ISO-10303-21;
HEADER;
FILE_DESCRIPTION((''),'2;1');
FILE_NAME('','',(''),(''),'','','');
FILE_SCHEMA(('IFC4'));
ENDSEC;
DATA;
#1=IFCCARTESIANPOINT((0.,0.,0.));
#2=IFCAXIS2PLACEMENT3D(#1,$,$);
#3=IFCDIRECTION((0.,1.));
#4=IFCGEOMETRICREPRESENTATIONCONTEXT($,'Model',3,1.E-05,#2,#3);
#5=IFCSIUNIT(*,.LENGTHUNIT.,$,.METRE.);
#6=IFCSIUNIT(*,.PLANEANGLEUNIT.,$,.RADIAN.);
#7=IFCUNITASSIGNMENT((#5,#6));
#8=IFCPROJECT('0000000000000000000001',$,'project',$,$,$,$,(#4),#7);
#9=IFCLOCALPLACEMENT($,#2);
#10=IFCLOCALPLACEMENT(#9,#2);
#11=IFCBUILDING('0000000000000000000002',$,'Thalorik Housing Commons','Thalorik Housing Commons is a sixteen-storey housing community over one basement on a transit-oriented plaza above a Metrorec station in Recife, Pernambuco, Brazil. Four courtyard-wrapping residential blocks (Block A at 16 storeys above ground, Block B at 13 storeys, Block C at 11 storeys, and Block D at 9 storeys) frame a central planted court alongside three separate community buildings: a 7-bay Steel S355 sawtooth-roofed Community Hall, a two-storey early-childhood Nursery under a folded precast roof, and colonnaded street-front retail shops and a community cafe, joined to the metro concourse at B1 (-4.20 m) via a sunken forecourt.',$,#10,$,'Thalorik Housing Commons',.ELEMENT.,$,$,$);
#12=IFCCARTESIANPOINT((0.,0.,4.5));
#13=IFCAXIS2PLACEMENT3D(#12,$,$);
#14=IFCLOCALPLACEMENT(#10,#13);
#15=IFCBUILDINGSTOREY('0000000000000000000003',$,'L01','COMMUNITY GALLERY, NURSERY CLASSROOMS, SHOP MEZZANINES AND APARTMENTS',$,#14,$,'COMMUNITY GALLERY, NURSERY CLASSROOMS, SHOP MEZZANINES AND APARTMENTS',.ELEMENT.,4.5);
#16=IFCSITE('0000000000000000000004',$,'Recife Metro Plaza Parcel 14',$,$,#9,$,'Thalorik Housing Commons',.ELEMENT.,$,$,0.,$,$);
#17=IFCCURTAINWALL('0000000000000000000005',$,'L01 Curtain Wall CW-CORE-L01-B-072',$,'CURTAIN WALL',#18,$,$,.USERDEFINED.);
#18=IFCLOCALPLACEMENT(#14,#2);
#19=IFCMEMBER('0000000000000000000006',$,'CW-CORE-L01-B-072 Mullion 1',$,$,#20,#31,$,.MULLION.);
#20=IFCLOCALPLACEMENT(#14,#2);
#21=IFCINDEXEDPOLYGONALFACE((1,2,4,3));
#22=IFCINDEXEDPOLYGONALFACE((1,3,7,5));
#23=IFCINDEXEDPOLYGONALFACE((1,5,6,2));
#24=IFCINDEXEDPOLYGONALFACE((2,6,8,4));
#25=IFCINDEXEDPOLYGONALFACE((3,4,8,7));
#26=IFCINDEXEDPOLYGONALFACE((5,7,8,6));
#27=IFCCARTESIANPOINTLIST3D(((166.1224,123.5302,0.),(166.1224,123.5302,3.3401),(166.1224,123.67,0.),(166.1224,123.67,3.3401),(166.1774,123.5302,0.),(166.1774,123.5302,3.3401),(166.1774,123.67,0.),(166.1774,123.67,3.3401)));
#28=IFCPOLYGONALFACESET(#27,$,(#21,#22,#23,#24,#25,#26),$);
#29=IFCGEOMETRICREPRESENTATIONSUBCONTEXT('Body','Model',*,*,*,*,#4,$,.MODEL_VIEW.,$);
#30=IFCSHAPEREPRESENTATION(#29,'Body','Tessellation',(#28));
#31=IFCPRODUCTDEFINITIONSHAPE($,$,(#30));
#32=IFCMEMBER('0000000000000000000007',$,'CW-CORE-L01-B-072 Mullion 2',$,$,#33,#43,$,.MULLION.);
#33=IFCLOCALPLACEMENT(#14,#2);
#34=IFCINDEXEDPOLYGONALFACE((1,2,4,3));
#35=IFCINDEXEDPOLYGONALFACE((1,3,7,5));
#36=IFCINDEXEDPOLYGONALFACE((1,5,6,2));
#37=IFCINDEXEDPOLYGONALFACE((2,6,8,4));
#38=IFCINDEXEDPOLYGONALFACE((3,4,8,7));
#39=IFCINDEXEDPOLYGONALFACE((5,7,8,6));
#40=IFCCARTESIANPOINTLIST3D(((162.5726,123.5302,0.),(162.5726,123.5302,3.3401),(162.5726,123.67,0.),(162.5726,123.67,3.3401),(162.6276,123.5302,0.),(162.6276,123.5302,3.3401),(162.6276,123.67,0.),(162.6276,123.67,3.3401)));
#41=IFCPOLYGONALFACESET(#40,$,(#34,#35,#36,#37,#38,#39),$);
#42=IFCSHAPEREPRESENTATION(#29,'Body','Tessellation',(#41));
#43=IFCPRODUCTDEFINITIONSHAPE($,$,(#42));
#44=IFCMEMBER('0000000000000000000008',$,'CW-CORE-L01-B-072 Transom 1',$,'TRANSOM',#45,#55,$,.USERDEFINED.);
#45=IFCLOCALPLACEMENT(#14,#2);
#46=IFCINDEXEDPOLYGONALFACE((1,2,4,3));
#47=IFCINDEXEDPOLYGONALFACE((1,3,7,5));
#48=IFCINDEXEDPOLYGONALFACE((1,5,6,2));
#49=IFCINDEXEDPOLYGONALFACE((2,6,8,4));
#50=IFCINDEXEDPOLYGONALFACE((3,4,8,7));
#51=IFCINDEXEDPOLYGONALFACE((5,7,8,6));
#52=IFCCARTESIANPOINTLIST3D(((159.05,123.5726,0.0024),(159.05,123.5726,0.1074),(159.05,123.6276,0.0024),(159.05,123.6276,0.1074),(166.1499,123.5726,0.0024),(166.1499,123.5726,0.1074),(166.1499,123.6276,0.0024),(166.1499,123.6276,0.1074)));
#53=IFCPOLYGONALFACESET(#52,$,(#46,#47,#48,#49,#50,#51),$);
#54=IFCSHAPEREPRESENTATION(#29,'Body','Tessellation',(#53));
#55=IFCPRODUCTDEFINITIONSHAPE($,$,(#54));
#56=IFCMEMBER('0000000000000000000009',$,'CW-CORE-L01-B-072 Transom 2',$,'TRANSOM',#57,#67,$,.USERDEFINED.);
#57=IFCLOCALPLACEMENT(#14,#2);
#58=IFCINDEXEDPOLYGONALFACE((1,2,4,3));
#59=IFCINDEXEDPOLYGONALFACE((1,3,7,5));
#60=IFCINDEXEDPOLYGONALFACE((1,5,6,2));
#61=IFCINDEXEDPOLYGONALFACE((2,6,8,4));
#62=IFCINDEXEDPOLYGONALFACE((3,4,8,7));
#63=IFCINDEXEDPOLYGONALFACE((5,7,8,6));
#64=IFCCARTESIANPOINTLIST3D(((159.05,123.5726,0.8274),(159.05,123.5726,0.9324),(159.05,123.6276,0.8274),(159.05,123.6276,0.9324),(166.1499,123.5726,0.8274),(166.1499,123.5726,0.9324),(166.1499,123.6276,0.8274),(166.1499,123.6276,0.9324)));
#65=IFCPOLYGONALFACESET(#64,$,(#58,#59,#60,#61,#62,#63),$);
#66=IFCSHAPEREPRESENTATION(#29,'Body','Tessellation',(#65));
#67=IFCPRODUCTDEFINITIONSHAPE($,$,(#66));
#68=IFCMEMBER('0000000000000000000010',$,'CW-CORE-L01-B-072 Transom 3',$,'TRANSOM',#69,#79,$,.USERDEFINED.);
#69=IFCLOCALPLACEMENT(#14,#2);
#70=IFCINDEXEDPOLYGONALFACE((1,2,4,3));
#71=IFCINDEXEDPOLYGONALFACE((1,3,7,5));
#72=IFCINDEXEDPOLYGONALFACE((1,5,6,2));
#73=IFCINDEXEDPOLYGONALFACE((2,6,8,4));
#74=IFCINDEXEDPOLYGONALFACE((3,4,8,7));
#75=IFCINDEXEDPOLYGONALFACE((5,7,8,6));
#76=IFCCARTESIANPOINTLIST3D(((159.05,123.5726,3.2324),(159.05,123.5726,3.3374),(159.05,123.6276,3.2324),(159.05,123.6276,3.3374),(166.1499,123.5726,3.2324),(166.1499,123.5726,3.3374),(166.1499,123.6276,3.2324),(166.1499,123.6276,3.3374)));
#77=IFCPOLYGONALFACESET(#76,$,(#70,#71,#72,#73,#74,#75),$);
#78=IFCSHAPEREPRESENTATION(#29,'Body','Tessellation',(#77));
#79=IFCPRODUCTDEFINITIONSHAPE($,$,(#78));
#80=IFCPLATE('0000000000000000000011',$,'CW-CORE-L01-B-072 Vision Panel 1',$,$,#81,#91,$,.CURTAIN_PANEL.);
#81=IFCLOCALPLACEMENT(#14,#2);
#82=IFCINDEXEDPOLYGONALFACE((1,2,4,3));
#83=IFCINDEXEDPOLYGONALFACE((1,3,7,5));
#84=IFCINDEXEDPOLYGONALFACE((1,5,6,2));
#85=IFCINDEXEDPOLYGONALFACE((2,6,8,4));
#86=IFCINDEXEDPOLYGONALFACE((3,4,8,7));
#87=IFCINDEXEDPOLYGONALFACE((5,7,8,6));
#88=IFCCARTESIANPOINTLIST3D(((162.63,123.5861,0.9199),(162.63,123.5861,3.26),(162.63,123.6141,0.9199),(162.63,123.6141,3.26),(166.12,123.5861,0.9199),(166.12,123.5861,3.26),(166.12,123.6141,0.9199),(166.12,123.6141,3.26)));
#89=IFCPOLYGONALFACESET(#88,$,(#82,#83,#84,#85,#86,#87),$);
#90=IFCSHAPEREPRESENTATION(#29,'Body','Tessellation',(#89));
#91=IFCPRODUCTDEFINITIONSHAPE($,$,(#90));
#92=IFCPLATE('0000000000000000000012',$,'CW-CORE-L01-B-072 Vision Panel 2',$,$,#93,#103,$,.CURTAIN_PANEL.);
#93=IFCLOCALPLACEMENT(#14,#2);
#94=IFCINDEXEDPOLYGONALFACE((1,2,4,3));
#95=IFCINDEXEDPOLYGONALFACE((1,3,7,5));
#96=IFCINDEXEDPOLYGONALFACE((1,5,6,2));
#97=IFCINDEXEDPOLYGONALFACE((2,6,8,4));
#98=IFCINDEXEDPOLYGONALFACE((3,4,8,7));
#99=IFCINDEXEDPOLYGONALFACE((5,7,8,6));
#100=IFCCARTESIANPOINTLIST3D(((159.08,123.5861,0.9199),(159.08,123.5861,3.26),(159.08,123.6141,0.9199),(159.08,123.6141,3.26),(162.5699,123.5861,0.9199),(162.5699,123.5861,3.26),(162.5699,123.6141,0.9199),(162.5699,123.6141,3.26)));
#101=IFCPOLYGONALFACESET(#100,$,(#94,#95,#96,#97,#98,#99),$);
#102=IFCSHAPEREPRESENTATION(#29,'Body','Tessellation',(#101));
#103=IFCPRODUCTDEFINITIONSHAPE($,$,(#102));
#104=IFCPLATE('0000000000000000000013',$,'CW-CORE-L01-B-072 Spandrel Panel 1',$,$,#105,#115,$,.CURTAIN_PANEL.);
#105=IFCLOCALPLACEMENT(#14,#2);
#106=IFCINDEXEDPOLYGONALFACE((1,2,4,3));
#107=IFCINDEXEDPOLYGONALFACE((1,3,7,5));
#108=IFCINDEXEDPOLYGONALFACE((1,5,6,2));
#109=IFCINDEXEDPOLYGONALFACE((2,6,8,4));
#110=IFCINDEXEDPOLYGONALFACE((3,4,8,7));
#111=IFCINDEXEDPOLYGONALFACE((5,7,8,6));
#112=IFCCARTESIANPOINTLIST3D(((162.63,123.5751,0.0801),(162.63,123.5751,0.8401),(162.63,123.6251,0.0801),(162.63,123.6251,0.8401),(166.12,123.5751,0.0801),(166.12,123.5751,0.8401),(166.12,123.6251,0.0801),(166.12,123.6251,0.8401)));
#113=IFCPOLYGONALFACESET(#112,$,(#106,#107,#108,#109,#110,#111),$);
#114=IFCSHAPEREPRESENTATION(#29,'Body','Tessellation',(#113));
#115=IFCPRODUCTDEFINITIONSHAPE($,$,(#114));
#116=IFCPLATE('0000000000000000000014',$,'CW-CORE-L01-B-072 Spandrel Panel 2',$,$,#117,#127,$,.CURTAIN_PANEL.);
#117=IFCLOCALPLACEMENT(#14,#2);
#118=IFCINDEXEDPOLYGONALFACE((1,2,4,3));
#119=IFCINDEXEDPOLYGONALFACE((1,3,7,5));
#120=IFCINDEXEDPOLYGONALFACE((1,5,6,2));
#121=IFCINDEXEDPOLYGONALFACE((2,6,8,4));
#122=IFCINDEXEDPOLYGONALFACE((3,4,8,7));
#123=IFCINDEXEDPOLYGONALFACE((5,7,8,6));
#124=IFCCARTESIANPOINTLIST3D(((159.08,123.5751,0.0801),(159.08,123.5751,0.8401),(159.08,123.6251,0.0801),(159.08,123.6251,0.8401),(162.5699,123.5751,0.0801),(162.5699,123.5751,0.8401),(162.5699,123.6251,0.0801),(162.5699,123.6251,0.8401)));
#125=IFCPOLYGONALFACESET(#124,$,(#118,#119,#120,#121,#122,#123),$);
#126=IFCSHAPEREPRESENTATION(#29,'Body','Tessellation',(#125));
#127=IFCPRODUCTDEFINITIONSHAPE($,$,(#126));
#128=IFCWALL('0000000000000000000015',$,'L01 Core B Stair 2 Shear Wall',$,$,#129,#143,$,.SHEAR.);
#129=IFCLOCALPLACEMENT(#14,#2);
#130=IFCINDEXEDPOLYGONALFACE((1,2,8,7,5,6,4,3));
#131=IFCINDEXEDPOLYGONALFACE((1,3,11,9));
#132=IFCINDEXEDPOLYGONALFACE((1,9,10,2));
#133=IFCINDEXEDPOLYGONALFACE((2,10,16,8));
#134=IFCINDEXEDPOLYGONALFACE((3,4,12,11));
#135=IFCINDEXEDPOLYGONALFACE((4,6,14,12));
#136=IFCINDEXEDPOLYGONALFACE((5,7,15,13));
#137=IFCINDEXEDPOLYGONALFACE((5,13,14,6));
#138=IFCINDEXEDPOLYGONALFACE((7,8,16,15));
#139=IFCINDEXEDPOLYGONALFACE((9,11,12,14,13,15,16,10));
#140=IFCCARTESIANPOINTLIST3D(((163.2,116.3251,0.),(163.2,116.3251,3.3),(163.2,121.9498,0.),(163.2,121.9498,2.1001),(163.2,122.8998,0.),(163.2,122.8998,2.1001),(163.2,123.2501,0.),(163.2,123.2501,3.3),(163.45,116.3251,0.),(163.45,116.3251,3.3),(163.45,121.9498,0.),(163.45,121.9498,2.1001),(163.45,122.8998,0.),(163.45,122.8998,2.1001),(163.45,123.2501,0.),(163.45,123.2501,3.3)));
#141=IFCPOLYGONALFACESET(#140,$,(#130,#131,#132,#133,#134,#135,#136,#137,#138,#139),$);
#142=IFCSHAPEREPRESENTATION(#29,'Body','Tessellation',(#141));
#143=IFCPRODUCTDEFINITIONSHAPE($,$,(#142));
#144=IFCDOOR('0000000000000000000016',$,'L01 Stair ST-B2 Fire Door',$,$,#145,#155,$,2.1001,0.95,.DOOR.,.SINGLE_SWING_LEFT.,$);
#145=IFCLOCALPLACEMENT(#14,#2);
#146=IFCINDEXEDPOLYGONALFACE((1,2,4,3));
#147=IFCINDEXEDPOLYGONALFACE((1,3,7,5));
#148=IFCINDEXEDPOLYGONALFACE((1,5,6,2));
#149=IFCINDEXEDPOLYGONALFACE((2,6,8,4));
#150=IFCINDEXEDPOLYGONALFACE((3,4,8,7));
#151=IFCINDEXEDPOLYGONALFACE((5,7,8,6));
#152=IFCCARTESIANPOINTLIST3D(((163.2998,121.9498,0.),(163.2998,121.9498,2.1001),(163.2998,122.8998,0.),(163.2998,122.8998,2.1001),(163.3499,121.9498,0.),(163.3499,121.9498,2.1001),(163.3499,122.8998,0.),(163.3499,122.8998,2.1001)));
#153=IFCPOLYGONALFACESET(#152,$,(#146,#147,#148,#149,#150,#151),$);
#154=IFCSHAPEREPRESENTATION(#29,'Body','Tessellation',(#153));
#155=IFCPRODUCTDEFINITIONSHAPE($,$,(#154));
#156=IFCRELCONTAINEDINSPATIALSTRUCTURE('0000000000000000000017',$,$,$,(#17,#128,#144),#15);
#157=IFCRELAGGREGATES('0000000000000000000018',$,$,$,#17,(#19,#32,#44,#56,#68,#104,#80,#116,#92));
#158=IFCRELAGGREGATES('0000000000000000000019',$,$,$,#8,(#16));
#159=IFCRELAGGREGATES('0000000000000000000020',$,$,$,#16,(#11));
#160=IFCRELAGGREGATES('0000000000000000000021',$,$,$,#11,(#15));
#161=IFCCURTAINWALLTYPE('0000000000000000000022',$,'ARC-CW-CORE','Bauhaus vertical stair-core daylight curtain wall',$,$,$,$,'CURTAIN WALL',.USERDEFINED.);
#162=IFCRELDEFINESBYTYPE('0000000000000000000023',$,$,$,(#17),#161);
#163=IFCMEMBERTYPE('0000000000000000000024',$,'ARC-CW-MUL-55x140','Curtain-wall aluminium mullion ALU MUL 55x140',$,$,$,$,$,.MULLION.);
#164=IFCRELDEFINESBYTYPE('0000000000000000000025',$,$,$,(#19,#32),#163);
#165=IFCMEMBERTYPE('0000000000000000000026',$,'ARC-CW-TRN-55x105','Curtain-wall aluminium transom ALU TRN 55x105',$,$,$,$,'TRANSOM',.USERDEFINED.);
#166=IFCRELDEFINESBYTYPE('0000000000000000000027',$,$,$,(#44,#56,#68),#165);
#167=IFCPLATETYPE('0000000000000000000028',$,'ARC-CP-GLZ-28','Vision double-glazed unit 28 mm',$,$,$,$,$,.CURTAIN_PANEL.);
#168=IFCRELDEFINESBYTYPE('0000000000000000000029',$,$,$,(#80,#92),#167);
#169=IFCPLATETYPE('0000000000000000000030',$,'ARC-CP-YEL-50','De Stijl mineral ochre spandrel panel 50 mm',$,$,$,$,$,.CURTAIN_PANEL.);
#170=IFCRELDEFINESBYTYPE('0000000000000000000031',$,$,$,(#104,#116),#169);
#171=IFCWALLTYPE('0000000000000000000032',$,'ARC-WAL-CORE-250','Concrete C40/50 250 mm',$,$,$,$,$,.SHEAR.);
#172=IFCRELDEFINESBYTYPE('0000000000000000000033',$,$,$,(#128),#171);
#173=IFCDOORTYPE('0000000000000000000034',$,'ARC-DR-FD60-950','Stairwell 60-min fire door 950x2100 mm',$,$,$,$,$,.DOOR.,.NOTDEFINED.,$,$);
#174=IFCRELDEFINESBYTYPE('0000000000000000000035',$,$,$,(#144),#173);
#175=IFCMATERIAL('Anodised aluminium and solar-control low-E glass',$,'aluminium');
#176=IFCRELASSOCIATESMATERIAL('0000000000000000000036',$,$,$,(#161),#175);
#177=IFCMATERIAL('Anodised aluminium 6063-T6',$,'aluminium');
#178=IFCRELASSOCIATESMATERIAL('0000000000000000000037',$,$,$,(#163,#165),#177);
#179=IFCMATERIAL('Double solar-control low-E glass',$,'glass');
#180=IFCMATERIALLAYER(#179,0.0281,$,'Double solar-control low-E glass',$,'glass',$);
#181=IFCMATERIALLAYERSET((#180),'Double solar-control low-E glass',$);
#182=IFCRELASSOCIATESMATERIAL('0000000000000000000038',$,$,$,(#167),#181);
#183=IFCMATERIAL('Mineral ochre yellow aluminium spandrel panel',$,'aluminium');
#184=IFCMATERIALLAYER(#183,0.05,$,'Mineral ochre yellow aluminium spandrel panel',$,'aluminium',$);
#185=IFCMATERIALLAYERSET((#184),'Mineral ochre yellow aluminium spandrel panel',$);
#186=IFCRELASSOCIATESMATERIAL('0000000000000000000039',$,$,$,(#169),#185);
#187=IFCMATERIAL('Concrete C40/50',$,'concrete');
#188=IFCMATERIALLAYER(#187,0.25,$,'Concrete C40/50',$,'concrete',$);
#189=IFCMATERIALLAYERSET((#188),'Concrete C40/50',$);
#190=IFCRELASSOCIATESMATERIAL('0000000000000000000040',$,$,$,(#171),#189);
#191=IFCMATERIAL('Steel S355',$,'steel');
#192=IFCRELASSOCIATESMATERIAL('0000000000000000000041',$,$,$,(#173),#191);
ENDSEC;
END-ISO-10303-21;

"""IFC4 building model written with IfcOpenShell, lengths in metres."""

from ifc_helpers import new_model, si_unit, direction, frame, frame_2d, origin, origin_2d, place, context, subcontext, project, spatial, rectangle, extrude, material, layer, layer_set, material_profile, profile_set, type_object, element, fill, aggregate, save


model = new_model("IFC4")

# Units and contexts
model_context = context("Model", 3, precision=1e-05, world=origin(), true_north=direction((0.0, 1.0)))
body_context = subcontext(model_context, "Body", "Model", "MODEL_VIEW")
ifc_project = project(units=[si_unit("LENGTHUNIT", "METRE"), si_unit("PLANEANGLEUNIT", "RADIAN")], contexts=[model_context])

# Site, building, storey
site_placement = place(None, origin())
site = spatial("IfcSite", under=ifc_project, at=site_placement, Name="Recife Metro Plaza Parcel 14", LongName="Thalorik Housing Commons", CompositionType="ELEMENT", RefElevation=0.0)
building_placement = place(site_placement, origin())
building = spatial("IfcBuilding", under=site, at=building_placement, Name="Thalorik Housing Commons", Description="Thalorik Housing Commons is a sixteen-storey housing community over one basement on a transit-oriented plaza above a Metrorec station in Recife, Pernambuco, Brazil. Four courtyard-wrapping residential blocks (Block A at 16 storeys above ground, Block B at 13 storeys, Block C at 11 storeys, and Block D at 9 storeys) frame a central planted court alongside three separate community buildings: a 7-bay Steel S355 sawtooth-roofed Community Hall, a two-storey early-childhood Nursery under a folded precast roof, and colonnaded street-front retail shops and a community cafe, joined to the metro concourse at B1 (-4.20 m) via a sunken forecourt.", LongName="Thalorik Housing Commons", CompositionType="ELEMENT")
storey_placement = place(building_placement, frame((0.0, 0.0, 4.5)))
storey = spatial("IfcBuildingStorey", under=building, at=storey_placement, Name="L01", Description="COMMUNITY GALLERY, NURSERY CLASSROOMS, SHOP MEZZANINES AND APARTMENTS", LongName="COMMUNITY GALLERY, NURSERY CLASSROOMS, SHOP MEZZANINES AND APARTMENTS", CompositionType="ELEMENT", Elevation=4.5)

# Curtain wall, members, plates
ifc_material_1 = material(Name="Anodised aluminium and solar-control low-E glass", Category="aluminium")
curtain_wall_type = type_object("IfcCurtainWallType", Name="ARC-CW-CORE", Description="Bauhaus vertical stair-core daylight curtain wall", ElementType="CURTAIN WALL", PredefinedType="USERDEFINED", material=ifc_material_1)
curtain_wall_placement = place(storey_placement, origin())
curtain_wall = element("IfcCurtainWall", 1, at=curtain_wall_placement, inside=storey, type_object=curtain_wall_type, Name="L01 Curtain Wall CW-CORE-L01-B-072", ObjectType="CURTAIN WALL", PredefinedType="USERDEFINED")
ifc_material_2 = material(Name="Anodised aluminium 6063-T6", Category="aluminium")
ifc_material_profile_1 = material_profile(ifc_material_2, rectangle(XDim=0.0549, YDim=0.1399, at=origin_2d()), Name="ALU MUL 55x140", Category="aluminium")
ifc_profile_set_1 = profile_set([ifc_material_profile_1], Name="Anodised aluminium 6063-T6")
member_type_1 = type_object("IfcMemberType", Name="ARC-CW-MUL-55x140", Description="Curtain-wall aluminium mullion ALU MUL 55x140", PredefinedType="MULLION", material=ifc_profile_set_1)
member_1_placement = place(storey_placement, frame((166.1499, 123.6001, 0.0), z_axis=(0.0, 0.0, 1.0), x_axis=(-1.0, 0.0, 0.0)))
member_1 = element("IfcMember", 2, at=member_1_placement, type_object=member_type_1, Name="CW-CORE-L01-B-072 Mullion 1", PredefinedType="MULLION", context=body_context, shape_type="SweptSolid", body=[
    extrude(rectangle(XDim=0.0549, YDim=0.1399, at=origin_2d()), origin(), (0.0, 0.0, 1.0), 3.3401),
])
member_2_placement = place(storey_placement, frame((162.6001, 123.6001, 0.0), z_axis=(0.0, 0.0, 1.0), x_axis=(-1.0, 0.0, 0.0)))
member_2 = element("IfcMember", 3, at=member_2_placement, type_object=member_type_1, Name="CW-CORE-L01-B-072 Mullion 2", PredefinedType="MULLION", context=body_context, shape_type="SweptSolid", body=[
    extrude(rectangle(XDim=0.0549, YDim=0.1399, at=origin_2d()), origin(), (0.0, 0.0, 1.0), 3.3401),
])
ifc_material_profile_2 = material_profile(ifc_material_2, rectangle(XDim=0.0549, YDim=0.105, at=origin_2d()), Name="ALU TRN 55x105", Category="aluminium")
ifc_profile_set_2 = profile_set([ifc_material_profile_2], Name="Anodised aluminium 6063-T6")
member_type_2 = type_object("IfcMemberType", Name="ARC-CW-TRN-55x105", Description="Curtain-wall aluminium transom ALU TRN 55x105", ElementType="TRANSOM", PredefinedType="USERDEFINED", material=ifc_profile_set_2)
member_3_placement = place(storey_placement, frame((166.1499, 123.6001, 0.0549), z_axis=(-1.0, 0.0, 0.0), x_axis=(0.0, -1.0, 0.0)))
member_3 = element("IfcMember", 4, at=member_3_placement, type_object=member_type_2, Name="CW-CORE-L01-B-072 Transom 1", ObjectType="TRANSOM", PredefinedType="USERDEFINED", context=body_context, shape_type="SweptSolid", body=[
    extrude(rectangle(XDim=0.0549, YDim=0.105, at=origin_2d()), origin(), (0.0, 0.0, 1.0), 7.0999),
])
member_4_placement = place(storey_placement, frame((166.1499, 123.6001, 0.8799), z_axis=(-1.0, 0.0, 0.0), x_axis=(0.0, -1.0, 0.0)))
member_4 = element("IfcMember", 5, at=member_4_placement, type_object=member_type_2, Name="CW-CORE-L01-B-072 Transom 2", ObjectType="TRANSOM", PredefinedType="USERDEFINED", context=body_context, shape_type="SweptSolid", body=[
    extrude(rectangle(XDim=0.0549, YDim=0.105, at=origin_2d()), origin(), (0.0, 0.0, 1.0), 7.0999),
])
member_5_placement = place(storey_placement, frame((166.1499, 123.6001, 3.2849), z_axis=(-1.0, 0.0, 0.0), x_axis=(0.0, -1.0, 0.0)))
member_5 = element("IfcMember", 6, at=member_5_placement, type_object=member_type_2, Name="CW-CORE-L01-B-072 Transom 3", ObjectType="TRANSOM", PredefinedType="USERDEFINED", context=body_context, shape_type="SweptSolid", body=[
    extrude(rectangle(XDim=0.0549, YDim=0.105, at=origin_2d()), origin(), (0.0, 0.0, 1.0), 7.0999),
])
ifc_material_3 = material(Name="Double solar-control low-E glass", Category="glass")
ifc_layer_1 = layer(ifc_material_3, 0.0281, Name="Double solar-control low-E glass", Category="glass")
ifc_layer_set_1 = layer_set([ifc_layer_1], Name="Double solar-control low-E glass")
plate_type_1 = type_object("IfcPlateType", Name="ARC-CP-GLZ-28", Description="Vision double-glazed unit 28 mm", PredefinedType="CURTAIN_PANEL", material=ifc_layer_set_1)
plate_1_placement = place(storey_placement, frame((164.375, 123.6001, 0.9199), z_axis=(0.0, 0.0, 1.0), x_axis=(-1.0, 0.0, 0.0)))
plate_1 = element("IfcPlate", 7, at=plate_1_placement, type_object=plate_type_1, Name="CW-CORE-L01-B-072 Vision Panel 1", PredefinedType="CURTAIN_PANEL", context=body_context, shape_type="SweptSolid", body=[
    extrude(rectangle(XDim=3.49, YDim=0.0281, at=origin_2d()), origin(), (0.0, 0.0, 1.0), 2.3401),
])
plate_2_placement = place(storey_placement, frame((160.825, 123.6001, 0.9199), z_axis=(0.0, 0.0, 1.0), x_axis=(-1.0, 0.0, 0.0)))
plate_2 = element("IfcPlate", 8, at=plate_2_placement, type_object=plate_type_1, Name="CW-CORE-L01-B-072 Vision Panel 2", PredefinedType="CURTAIN_PANEL", context=body_context, shape_type="SweptSolid", body=[
    extrude(rectangle(XDim=3.49, YDim=0.0281, at=origin_2d()), origin(), (0.0, 0.0, 1.0), 2.3401),
])
ifc_material_4 = material(Name="Mineral ochre yellow aluminium spandrel panel", Category="aluminium")
ifc_layer_2 = layer(ifc_material_4, 0.05, Name="Mineral ochre yellow aluminium spandrel panel", Category="aluminium")
ifc_layer_set_2 = layer_set([ifc_layer_2], Name="Mineral ochre yellow aluminium spandrel panel")
plate_type_2 = type_object("IfcPlateType", Name="ARC-CP-YEL-50", Description="De Stijl mineral ochre spandrel panel 50 mm", PredefinedType="CURTAIN_PANEL", material=ifc_layer_set_2)
plate_3_placement = place(storey_placement, frame((164.375, 123.6001, 0.0801), z_axis=(0.0, 0.0, 1.0), x_axis=(-1.0, 0.0, 0.0)))
plate_3 = element("IfcPlate", 9, at=plate_3_placement, type_object=plate_type_2, Name="CW-CORE-L01-B-072 Spandrel Panel 1", PredefinedType="CURTAIN_PANEL", context=body_context, shape_type="SweptSolid", body=[
    extrude(rectangle(XDim=3.49, YDim=0.05, at=origin_2d()), origin(), (0.0, 0.0, 1.0), 0.76),
])
plate_4_placement = place(storey_placement, frame((160.825, 123.6001, 0.0801), z_axis=(0.0, 0.0, 1.0), x_axis=(-1.0, 0.0, 0.0)))
plate_4 = element("IfcPlate", 10, at=plate_4_placement, type_object=plate_type_2, Name="CW-CORE-L01-B-072 Spandrel Panel 2", PredefinedType="CURTAIN_PANEL", context=body_context, shape_type="SweptSolid", body=[
    extrude(rectangle(XDim=3.49, YDim=0.05, at=origin_2d()), origin(), (0.0, 0.0, 1.0), 0.76),
])
aggregate(curtain_wall, [member_1, member_2, member_3, member_4, member_5, plate_3, plate_1, plate_4, plate_2])

# Wall, opening, door
ifc_material_5 = material(Name="Concrete C40/50", Category="concrete")
ifc_layer_3 = layer(ifc_material_5, 0.25, Name="Concrete C40/50", Category="concrete")
ifc_layer_set_3 = layer_set([ifc_layer_3], Name="Concrete C40/50")
wall_type = type_object("IfcWallType", Name="ARC-WAL-CORE-250", Description="Concrete C40/50 250 mm", PredefinedType="SHEAR", material=ifc_layer_set_3)
wall_placement = place(storey_placement, frame((163.325, 123.25, 0.0), z_axis=(0.0, 0.0, 1.0), x_axis=(0.0, -1.0, 0.0)))
wall = element("IfcWall", 11, at=wall_placement, inside=storey, type_object=wall_type, Name="L01 Core B Stair 2 Shear Wall", PredefinedType="SHEAR", context=body_context, shape_type="SweptSolid", body=[
    extrude(rectangle(XDim=6.925, YDim=0.25, at=frame_2d((3.4624, 0.0))), origin(), (0.0, 0.0, 1.0), 3.3),
])
opening_placement = place(wall_placement, frame((0.3501, 0.0, 0.0)))
opening = element("IfcOpeningElement", 12, at=opening_placement, cuts=wall, PredefinedType="OPENING", context=body_context, shape_type="SweptSolid", body=[
    extrude(rectangle(XDim=0.95, YDim=2.1001, at=frame_2d((0.4751, 1.05))), frame((0.0, 0.135, 0.0), z_axis=(0.0, -1.0, 0.0), x_axis=(1.0, 0.0, 0.0)), (0.0, 0.0, 1.0), 0.27),
])
ifc_material_6 = material(Name="Steel S355", Category="steel")
door_type = type_object("IfcDoorType", Name="ARC-DR-FD60-950", Description="Stairwell 60-min fire door 950x2100 mm", OperationType="NOTDEFINED", PredefinedType="DOOR", material=ifc_material_6)
door_placement = place(opening_placement, origin())
door = element("IfcDoor", 13, at=door_placement, inside=storey, type_object=door_type, Name="L01 Stair ST-B2 Fire Door", OperationType="SINGLE_SWING_LEFT", OverallHeight=2.1001, OverallWidth=0.95, PredefinedType="DOOR", context=body_context, shape_type="SweptSolid", body=[
    extrude(rectangle(XDim=0.95, YDim=2.1001, at=frame_2d((0.4751, 1.05))), frame((0.0, 0.0249, 0.0), z_axis=(0.0, -1.0, 0.0), x_axis=(1.0, 0.0, 0.0)), (0.0, 0.0, 1.0), 0.05),
])
fill(opening, door)

save(model, "model.ifc")
